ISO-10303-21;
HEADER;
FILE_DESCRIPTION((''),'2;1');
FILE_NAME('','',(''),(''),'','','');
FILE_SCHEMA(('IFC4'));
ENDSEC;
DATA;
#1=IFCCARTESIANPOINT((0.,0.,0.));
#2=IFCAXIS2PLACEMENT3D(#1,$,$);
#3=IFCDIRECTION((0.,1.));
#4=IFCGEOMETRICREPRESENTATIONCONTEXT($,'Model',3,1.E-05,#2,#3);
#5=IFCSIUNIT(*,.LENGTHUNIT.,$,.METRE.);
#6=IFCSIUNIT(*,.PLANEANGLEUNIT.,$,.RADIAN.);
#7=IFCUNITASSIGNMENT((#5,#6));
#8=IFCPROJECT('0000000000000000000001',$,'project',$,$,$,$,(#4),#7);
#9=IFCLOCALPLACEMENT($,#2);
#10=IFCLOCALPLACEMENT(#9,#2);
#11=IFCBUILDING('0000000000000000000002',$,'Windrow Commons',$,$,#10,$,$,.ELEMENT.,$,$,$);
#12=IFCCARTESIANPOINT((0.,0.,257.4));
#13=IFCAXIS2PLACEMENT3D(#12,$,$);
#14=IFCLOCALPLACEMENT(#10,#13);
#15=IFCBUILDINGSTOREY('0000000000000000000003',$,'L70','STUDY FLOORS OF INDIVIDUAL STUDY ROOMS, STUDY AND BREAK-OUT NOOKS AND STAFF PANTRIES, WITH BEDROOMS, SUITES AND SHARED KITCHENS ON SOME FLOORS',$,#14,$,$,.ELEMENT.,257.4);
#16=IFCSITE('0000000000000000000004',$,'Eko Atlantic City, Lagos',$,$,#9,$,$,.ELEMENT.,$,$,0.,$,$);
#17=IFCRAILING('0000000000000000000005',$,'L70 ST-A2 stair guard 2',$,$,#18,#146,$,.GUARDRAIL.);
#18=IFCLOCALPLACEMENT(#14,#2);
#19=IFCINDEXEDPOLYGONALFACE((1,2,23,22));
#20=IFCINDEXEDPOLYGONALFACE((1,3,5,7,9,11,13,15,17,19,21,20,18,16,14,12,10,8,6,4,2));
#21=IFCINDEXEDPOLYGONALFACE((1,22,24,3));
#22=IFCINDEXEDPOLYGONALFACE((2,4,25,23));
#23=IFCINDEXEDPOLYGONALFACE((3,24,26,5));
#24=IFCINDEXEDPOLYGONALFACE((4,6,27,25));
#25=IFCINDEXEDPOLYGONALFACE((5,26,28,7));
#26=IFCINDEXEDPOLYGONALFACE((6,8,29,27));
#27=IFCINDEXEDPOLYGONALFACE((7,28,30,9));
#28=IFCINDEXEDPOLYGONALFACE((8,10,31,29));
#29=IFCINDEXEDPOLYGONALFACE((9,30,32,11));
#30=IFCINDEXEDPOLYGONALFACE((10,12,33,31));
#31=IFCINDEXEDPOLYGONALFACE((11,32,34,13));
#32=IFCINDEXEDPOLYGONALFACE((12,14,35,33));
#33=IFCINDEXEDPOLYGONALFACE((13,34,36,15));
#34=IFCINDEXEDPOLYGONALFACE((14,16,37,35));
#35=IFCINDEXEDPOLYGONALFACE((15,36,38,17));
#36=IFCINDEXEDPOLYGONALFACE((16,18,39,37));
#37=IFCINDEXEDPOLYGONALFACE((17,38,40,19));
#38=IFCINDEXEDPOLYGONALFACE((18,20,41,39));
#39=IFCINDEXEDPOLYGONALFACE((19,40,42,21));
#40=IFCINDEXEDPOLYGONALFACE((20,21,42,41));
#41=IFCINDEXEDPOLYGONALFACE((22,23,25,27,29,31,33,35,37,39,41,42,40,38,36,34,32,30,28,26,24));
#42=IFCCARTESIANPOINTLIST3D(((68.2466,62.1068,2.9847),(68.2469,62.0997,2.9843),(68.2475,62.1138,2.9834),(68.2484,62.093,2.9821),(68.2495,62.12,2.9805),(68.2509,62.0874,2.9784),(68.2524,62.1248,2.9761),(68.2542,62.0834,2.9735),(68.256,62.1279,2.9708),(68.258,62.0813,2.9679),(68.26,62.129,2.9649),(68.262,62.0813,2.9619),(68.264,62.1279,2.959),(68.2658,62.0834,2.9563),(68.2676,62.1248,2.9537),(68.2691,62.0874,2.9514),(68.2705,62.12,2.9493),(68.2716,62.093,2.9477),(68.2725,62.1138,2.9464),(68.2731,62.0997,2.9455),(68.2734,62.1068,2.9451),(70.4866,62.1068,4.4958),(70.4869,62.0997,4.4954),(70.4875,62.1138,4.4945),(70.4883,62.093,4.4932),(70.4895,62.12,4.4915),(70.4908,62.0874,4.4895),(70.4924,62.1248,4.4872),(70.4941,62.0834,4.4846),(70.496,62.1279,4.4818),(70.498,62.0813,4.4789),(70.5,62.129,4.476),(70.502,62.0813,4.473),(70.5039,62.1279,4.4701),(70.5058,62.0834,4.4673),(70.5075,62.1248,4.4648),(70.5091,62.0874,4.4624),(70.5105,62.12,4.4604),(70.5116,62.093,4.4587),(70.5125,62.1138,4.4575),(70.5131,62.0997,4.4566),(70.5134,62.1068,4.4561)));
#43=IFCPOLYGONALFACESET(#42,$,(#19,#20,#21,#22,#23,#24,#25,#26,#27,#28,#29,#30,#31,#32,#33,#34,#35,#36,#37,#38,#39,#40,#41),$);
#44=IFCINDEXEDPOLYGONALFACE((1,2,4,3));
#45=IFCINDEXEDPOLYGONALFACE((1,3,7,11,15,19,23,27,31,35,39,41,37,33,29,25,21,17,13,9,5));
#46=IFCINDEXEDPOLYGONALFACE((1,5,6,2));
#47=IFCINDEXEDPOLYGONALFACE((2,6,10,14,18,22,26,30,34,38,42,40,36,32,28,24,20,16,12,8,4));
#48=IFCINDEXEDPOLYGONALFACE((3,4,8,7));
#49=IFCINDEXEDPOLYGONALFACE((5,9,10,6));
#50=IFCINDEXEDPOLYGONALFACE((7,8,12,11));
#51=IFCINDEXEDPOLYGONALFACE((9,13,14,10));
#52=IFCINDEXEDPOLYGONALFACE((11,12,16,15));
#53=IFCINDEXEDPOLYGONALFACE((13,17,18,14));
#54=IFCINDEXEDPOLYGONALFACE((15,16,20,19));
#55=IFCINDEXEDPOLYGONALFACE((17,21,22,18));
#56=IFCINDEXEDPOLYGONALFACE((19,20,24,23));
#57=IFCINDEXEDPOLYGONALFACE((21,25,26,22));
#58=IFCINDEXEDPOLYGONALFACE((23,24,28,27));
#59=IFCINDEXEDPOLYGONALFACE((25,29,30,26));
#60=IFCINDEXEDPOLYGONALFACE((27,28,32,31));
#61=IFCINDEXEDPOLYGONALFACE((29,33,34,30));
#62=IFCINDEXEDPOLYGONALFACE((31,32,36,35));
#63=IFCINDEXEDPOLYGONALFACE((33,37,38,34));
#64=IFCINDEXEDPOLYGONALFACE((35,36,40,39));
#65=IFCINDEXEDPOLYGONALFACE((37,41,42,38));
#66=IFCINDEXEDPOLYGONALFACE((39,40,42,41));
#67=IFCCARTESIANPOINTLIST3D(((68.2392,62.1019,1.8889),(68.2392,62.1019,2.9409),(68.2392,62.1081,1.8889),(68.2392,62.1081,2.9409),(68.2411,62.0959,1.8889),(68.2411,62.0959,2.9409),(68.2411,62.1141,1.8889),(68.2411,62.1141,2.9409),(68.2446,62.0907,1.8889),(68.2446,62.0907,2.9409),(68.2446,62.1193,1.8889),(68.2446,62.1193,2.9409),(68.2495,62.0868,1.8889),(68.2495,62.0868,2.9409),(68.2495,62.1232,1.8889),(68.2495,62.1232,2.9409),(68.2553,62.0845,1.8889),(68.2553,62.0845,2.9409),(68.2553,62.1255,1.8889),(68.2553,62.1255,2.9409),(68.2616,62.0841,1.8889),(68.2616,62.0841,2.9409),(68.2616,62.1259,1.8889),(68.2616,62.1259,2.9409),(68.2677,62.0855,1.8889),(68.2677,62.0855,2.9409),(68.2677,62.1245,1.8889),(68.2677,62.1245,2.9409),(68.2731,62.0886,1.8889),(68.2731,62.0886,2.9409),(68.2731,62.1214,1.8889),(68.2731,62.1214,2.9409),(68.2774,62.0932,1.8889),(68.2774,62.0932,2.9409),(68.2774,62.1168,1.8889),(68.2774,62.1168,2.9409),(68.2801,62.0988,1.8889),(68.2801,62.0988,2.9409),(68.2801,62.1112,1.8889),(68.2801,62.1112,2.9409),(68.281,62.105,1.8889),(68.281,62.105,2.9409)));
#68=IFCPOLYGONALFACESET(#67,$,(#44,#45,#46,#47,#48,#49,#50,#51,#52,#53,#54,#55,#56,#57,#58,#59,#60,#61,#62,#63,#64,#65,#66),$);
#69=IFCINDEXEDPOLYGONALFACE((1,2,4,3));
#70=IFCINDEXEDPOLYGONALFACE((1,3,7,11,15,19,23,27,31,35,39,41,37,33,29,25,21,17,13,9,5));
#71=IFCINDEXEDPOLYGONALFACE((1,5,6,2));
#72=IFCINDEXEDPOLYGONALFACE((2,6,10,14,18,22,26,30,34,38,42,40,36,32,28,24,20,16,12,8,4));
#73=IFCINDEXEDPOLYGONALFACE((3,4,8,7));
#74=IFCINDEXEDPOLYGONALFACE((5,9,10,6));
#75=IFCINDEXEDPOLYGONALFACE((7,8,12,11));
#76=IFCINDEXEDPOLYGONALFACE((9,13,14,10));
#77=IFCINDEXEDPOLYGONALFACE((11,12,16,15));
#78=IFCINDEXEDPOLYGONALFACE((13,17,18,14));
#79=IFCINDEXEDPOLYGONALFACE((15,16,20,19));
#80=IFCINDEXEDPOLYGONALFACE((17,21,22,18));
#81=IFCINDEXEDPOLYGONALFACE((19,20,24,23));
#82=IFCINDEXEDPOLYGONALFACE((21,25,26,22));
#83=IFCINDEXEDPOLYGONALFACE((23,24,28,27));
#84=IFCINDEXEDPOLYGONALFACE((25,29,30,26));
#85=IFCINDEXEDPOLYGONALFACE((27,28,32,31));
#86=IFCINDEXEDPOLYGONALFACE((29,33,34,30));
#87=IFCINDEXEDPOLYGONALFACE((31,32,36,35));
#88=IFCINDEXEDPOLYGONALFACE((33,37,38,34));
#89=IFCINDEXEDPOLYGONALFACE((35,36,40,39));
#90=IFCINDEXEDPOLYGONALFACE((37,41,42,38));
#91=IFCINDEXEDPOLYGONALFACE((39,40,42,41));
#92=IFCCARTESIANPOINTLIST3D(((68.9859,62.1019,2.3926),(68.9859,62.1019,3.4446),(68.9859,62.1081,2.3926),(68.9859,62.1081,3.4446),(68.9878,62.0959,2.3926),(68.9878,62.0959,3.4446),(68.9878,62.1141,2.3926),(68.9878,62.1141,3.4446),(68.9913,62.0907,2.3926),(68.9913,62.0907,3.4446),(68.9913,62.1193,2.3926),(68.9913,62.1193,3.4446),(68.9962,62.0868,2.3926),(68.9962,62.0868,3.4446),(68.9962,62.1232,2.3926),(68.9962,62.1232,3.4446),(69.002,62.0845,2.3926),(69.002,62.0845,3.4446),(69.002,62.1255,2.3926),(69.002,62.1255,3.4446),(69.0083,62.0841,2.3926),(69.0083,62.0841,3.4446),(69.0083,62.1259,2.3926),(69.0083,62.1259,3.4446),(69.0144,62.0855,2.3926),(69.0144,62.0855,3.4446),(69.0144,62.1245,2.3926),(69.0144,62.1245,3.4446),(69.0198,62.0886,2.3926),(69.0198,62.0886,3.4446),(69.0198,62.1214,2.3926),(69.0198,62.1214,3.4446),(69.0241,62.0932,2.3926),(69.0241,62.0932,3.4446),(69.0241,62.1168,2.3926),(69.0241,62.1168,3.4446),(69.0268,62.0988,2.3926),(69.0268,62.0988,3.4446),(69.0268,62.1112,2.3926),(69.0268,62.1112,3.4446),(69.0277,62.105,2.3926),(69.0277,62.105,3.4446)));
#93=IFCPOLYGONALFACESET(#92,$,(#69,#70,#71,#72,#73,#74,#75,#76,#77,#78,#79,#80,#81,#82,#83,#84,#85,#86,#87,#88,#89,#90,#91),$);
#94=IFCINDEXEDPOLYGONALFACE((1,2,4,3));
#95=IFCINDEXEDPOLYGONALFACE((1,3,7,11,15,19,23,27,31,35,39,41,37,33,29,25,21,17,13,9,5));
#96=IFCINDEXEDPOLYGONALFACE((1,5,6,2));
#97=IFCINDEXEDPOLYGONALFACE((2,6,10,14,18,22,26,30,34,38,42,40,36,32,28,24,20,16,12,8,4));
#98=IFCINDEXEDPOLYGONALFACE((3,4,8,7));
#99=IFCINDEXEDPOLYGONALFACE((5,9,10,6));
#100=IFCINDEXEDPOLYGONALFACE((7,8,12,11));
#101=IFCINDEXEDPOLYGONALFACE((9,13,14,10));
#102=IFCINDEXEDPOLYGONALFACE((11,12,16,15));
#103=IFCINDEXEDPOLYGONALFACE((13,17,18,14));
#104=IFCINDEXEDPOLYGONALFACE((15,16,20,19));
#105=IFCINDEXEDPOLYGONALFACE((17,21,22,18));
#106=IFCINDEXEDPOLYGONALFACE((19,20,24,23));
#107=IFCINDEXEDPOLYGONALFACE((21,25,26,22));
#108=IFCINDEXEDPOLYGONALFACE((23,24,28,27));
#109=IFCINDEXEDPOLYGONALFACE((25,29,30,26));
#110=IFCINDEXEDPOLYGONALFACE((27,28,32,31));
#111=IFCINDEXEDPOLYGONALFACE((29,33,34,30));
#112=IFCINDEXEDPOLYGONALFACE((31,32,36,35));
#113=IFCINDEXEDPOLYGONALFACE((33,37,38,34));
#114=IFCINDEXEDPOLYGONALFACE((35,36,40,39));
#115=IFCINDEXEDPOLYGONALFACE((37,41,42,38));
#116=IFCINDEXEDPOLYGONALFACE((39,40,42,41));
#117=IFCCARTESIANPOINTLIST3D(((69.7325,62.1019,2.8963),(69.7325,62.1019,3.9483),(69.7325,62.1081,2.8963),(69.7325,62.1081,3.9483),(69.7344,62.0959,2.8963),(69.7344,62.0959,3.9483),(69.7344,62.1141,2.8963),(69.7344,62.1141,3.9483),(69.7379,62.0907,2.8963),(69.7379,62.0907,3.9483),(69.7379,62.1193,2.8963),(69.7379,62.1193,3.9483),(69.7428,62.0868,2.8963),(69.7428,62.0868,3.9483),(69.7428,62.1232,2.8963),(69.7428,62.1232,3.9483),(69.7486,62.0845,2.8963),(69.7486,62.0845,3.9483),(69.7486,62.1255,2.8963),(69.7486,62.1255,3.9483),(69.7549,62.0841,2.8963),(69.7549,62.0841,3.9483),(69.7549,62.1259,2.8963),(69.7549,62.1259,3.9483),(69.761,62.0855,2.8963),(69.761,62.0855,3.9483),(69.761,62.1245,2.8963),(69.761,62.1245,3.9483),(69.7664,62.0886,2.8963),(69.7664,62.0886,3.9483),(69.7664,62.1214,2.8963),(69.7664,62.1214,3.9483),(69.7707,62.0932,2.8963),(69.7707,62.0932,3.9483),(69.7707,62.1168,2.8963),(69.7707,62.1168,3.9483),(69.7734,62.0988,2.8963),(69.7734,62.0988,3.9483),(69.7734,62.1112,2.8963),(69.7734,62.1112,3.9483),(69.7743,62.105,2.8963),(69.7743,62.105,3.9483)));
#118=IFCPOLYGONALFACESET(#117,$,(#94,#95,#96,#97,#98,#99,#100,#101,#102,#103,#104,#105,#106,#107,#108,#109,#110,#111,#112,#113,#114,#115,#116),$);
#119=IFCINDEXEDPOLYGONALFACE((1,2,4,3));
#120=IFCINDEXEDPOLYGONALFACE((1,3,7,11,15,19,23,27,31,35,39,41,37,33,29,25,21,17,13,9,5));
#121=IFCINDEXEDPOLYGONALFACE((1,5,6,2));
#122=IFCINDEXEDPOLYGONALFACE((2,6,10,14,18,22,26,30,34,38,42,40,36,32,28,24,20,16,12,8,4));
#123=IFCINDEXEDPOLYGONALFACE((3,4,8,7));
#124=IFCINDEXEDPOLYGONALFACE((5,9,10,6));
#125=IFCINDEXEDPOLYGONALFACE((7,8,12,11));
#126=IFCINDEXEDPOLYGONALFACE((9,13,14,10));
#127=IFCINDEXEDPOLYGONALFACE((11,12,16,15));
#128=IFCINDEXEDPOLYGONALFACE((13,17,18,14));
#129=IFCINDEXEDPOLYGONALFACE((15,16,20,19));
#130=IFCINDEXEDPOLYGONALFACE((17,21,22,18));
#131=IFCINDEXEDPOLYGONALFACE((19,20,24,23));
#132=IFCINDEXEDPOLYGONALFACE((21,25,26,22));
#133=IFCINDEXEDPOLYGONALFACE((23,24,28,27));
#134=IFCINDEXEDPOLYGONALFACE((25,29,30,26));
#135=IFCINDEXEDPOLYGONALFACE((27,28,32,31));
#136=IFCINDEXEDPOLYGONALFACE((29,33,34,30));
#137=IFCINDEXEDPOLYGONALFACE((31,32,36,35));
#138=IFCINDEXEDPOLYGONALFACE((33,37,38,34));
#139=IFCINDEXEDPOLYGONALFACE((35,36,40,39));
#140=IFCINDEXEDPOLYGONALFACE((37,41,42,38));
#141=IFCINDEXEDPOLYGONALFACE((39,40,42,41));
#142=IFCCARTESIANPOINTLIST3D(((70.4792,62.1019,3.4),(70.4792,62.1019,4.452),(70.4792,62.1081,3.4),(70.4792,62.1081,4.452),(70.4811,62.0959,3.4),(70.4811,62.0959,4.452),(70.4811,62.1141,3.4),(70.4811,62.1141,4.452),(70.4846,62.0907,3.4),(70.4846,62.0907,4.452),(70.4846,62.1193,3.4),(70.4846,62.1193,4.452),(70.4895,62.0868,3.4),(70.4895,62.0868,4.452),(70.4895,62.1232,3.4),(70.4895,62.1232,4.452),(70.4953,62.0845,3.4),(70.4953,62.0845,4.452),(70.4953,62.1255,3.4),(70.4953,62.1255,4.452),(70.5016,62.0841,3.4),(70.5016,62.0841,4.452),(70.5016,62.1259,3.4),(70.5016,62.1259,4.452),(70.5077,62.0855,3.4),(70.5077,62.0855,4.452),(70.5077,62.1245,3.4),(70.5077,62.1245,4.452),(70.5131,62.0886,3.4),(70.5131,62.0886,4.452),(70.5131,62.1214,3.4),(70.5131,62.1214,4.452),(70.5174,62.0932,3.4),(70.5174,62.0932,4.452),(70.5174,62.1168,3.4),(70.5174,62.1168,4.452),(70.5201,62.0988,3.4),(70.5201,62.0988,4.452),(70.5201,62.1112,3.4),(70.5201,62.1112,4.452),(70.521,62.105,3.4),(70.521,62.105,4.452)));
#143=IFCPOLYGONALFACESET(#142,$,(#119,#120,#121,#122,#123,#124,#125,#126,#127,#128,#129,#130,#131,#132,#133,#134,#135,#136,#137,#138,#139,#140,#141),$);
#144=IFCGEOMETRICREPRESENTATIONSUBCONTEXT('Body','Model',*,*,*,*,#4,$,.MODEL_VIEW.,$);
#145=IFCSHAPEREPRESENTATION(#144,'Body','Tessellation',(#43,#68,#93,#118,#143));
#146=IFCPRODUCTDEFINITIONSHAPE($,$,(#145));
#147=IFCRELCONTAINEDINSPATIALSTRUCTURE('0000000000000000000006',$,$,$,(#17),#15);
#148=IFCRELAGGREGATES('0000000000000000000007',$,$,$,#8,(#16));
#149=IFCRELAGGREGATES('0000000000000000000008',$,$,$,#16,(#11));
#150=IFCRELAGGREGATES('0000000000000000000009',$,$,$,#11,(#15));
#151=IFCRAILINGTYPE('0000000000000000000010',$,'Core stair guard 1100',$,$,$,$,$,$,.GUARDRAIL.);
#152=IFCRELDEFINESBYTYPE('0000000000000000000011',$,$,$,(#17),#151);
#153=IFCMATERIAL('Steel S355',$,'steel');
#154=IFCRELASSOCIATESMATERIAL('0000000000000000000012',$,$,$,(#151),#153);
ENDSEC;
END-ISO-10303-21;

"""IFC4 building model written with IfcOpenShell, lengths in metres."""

from ifc_helpers import new_model, si_unit, direction, frame, origin, origin_2d, place, context, subcontext, project, spatial, circle, extrude, material, type_object, element, save


model = new_model("IFC4")

# Units and contexts
model_context = context("Model", 3, precision=1e-05, world=origin(), true_north=direction((0.0, 1.0)))
body_context = subcontext(model_context, "Body", "Model", "MODEL_VIEW")
ifc_project = project(units=[si_unit("LENGTHUNIT", "METRE"), si_unit("PLANEANGLEUNIT", "RADIAN")], contexts=[model_context])

# Site, building, storey
site_placement = place(None, origin())
site = spatial("IfcSite", under=ifc_project, at=site_placement, Name="Eko Atlantic City, Lagos", CompositionType="ELEMENT", RefElevation=0.0)
building_placement = place(site_placement, origin())
building = spatial("IfcBuilding", under=site, at=building_placement, Name="Windrow Commons", CompositionType="ELEMENT")
storey_placement = place(building_placement, frame((0.0, 0.0, 257.4)))
storey = spatial("IfcBuildingStorey", under=building, at=storey_placement, Name="L70", Description="STUDY FLOORS OF INDIVIDUAL STUDY ROOMS, STUDY AND BREAK-OUT NOOKS AND STAFF PANTRIES, WITH BEDROOMS, SUITES AND SHARED KITCHENS ON SOME FLOORS", CompositionType="ELEMENT", Elevation=257.4)

# Railing
ifc_material_1 = material(Name="Steel S355", Category="steel")
railing_type_1 = type_object("IfcRailingType", Name="Core stair guard 1100", PredefinedType="GUARDRAIL", material=ifc_material_1)
for number, where, name in (
    (1, (68.26, 62.105, 1.8889), "L70 ST-A2 stair guard 2"),
):
    element("IfcRailing", number, at=place(storey_placement, frame(where)), inside=storey, type_object=railing_type_1, Name=name, PredefinedType="GUARDRAIL", context=body_context, shape_type="SweptSolid", body=[
        extrude(circle(Radius=0.024, at=origin_2d()), frame((0.0, 0.0, 1.076), z_axis=(0.829003, 0.0, 0.559244), x_axis=(0.0, 1.0, 0.0)), (0.0, 0.0, 1.0), 2.702),
        extrude(circle(Radius=0.021, at=origin_2d()), origin(), (0.0, 0.0, 1.0), 1.052),
        extrude(circle(Radius=0.021, at=origin_2d()), frame((0.7467, 0.0, 0.5037)), (0.0, 0.0, 1.0), 1.052),
        extrude(circle(Radius=0.021, at=origin_2d()), frame((1.4933, 0.0, 1.0074)), (0.0, 0.0, 1.0), 1.052),
        extrude(circle(Radius=0.021, at=origin_2d()), frame((2.24, 0.0, 1.5111)), (0.0, 0.0, 1.0), 1.052),
    ])

save(model, "model.ifc")
